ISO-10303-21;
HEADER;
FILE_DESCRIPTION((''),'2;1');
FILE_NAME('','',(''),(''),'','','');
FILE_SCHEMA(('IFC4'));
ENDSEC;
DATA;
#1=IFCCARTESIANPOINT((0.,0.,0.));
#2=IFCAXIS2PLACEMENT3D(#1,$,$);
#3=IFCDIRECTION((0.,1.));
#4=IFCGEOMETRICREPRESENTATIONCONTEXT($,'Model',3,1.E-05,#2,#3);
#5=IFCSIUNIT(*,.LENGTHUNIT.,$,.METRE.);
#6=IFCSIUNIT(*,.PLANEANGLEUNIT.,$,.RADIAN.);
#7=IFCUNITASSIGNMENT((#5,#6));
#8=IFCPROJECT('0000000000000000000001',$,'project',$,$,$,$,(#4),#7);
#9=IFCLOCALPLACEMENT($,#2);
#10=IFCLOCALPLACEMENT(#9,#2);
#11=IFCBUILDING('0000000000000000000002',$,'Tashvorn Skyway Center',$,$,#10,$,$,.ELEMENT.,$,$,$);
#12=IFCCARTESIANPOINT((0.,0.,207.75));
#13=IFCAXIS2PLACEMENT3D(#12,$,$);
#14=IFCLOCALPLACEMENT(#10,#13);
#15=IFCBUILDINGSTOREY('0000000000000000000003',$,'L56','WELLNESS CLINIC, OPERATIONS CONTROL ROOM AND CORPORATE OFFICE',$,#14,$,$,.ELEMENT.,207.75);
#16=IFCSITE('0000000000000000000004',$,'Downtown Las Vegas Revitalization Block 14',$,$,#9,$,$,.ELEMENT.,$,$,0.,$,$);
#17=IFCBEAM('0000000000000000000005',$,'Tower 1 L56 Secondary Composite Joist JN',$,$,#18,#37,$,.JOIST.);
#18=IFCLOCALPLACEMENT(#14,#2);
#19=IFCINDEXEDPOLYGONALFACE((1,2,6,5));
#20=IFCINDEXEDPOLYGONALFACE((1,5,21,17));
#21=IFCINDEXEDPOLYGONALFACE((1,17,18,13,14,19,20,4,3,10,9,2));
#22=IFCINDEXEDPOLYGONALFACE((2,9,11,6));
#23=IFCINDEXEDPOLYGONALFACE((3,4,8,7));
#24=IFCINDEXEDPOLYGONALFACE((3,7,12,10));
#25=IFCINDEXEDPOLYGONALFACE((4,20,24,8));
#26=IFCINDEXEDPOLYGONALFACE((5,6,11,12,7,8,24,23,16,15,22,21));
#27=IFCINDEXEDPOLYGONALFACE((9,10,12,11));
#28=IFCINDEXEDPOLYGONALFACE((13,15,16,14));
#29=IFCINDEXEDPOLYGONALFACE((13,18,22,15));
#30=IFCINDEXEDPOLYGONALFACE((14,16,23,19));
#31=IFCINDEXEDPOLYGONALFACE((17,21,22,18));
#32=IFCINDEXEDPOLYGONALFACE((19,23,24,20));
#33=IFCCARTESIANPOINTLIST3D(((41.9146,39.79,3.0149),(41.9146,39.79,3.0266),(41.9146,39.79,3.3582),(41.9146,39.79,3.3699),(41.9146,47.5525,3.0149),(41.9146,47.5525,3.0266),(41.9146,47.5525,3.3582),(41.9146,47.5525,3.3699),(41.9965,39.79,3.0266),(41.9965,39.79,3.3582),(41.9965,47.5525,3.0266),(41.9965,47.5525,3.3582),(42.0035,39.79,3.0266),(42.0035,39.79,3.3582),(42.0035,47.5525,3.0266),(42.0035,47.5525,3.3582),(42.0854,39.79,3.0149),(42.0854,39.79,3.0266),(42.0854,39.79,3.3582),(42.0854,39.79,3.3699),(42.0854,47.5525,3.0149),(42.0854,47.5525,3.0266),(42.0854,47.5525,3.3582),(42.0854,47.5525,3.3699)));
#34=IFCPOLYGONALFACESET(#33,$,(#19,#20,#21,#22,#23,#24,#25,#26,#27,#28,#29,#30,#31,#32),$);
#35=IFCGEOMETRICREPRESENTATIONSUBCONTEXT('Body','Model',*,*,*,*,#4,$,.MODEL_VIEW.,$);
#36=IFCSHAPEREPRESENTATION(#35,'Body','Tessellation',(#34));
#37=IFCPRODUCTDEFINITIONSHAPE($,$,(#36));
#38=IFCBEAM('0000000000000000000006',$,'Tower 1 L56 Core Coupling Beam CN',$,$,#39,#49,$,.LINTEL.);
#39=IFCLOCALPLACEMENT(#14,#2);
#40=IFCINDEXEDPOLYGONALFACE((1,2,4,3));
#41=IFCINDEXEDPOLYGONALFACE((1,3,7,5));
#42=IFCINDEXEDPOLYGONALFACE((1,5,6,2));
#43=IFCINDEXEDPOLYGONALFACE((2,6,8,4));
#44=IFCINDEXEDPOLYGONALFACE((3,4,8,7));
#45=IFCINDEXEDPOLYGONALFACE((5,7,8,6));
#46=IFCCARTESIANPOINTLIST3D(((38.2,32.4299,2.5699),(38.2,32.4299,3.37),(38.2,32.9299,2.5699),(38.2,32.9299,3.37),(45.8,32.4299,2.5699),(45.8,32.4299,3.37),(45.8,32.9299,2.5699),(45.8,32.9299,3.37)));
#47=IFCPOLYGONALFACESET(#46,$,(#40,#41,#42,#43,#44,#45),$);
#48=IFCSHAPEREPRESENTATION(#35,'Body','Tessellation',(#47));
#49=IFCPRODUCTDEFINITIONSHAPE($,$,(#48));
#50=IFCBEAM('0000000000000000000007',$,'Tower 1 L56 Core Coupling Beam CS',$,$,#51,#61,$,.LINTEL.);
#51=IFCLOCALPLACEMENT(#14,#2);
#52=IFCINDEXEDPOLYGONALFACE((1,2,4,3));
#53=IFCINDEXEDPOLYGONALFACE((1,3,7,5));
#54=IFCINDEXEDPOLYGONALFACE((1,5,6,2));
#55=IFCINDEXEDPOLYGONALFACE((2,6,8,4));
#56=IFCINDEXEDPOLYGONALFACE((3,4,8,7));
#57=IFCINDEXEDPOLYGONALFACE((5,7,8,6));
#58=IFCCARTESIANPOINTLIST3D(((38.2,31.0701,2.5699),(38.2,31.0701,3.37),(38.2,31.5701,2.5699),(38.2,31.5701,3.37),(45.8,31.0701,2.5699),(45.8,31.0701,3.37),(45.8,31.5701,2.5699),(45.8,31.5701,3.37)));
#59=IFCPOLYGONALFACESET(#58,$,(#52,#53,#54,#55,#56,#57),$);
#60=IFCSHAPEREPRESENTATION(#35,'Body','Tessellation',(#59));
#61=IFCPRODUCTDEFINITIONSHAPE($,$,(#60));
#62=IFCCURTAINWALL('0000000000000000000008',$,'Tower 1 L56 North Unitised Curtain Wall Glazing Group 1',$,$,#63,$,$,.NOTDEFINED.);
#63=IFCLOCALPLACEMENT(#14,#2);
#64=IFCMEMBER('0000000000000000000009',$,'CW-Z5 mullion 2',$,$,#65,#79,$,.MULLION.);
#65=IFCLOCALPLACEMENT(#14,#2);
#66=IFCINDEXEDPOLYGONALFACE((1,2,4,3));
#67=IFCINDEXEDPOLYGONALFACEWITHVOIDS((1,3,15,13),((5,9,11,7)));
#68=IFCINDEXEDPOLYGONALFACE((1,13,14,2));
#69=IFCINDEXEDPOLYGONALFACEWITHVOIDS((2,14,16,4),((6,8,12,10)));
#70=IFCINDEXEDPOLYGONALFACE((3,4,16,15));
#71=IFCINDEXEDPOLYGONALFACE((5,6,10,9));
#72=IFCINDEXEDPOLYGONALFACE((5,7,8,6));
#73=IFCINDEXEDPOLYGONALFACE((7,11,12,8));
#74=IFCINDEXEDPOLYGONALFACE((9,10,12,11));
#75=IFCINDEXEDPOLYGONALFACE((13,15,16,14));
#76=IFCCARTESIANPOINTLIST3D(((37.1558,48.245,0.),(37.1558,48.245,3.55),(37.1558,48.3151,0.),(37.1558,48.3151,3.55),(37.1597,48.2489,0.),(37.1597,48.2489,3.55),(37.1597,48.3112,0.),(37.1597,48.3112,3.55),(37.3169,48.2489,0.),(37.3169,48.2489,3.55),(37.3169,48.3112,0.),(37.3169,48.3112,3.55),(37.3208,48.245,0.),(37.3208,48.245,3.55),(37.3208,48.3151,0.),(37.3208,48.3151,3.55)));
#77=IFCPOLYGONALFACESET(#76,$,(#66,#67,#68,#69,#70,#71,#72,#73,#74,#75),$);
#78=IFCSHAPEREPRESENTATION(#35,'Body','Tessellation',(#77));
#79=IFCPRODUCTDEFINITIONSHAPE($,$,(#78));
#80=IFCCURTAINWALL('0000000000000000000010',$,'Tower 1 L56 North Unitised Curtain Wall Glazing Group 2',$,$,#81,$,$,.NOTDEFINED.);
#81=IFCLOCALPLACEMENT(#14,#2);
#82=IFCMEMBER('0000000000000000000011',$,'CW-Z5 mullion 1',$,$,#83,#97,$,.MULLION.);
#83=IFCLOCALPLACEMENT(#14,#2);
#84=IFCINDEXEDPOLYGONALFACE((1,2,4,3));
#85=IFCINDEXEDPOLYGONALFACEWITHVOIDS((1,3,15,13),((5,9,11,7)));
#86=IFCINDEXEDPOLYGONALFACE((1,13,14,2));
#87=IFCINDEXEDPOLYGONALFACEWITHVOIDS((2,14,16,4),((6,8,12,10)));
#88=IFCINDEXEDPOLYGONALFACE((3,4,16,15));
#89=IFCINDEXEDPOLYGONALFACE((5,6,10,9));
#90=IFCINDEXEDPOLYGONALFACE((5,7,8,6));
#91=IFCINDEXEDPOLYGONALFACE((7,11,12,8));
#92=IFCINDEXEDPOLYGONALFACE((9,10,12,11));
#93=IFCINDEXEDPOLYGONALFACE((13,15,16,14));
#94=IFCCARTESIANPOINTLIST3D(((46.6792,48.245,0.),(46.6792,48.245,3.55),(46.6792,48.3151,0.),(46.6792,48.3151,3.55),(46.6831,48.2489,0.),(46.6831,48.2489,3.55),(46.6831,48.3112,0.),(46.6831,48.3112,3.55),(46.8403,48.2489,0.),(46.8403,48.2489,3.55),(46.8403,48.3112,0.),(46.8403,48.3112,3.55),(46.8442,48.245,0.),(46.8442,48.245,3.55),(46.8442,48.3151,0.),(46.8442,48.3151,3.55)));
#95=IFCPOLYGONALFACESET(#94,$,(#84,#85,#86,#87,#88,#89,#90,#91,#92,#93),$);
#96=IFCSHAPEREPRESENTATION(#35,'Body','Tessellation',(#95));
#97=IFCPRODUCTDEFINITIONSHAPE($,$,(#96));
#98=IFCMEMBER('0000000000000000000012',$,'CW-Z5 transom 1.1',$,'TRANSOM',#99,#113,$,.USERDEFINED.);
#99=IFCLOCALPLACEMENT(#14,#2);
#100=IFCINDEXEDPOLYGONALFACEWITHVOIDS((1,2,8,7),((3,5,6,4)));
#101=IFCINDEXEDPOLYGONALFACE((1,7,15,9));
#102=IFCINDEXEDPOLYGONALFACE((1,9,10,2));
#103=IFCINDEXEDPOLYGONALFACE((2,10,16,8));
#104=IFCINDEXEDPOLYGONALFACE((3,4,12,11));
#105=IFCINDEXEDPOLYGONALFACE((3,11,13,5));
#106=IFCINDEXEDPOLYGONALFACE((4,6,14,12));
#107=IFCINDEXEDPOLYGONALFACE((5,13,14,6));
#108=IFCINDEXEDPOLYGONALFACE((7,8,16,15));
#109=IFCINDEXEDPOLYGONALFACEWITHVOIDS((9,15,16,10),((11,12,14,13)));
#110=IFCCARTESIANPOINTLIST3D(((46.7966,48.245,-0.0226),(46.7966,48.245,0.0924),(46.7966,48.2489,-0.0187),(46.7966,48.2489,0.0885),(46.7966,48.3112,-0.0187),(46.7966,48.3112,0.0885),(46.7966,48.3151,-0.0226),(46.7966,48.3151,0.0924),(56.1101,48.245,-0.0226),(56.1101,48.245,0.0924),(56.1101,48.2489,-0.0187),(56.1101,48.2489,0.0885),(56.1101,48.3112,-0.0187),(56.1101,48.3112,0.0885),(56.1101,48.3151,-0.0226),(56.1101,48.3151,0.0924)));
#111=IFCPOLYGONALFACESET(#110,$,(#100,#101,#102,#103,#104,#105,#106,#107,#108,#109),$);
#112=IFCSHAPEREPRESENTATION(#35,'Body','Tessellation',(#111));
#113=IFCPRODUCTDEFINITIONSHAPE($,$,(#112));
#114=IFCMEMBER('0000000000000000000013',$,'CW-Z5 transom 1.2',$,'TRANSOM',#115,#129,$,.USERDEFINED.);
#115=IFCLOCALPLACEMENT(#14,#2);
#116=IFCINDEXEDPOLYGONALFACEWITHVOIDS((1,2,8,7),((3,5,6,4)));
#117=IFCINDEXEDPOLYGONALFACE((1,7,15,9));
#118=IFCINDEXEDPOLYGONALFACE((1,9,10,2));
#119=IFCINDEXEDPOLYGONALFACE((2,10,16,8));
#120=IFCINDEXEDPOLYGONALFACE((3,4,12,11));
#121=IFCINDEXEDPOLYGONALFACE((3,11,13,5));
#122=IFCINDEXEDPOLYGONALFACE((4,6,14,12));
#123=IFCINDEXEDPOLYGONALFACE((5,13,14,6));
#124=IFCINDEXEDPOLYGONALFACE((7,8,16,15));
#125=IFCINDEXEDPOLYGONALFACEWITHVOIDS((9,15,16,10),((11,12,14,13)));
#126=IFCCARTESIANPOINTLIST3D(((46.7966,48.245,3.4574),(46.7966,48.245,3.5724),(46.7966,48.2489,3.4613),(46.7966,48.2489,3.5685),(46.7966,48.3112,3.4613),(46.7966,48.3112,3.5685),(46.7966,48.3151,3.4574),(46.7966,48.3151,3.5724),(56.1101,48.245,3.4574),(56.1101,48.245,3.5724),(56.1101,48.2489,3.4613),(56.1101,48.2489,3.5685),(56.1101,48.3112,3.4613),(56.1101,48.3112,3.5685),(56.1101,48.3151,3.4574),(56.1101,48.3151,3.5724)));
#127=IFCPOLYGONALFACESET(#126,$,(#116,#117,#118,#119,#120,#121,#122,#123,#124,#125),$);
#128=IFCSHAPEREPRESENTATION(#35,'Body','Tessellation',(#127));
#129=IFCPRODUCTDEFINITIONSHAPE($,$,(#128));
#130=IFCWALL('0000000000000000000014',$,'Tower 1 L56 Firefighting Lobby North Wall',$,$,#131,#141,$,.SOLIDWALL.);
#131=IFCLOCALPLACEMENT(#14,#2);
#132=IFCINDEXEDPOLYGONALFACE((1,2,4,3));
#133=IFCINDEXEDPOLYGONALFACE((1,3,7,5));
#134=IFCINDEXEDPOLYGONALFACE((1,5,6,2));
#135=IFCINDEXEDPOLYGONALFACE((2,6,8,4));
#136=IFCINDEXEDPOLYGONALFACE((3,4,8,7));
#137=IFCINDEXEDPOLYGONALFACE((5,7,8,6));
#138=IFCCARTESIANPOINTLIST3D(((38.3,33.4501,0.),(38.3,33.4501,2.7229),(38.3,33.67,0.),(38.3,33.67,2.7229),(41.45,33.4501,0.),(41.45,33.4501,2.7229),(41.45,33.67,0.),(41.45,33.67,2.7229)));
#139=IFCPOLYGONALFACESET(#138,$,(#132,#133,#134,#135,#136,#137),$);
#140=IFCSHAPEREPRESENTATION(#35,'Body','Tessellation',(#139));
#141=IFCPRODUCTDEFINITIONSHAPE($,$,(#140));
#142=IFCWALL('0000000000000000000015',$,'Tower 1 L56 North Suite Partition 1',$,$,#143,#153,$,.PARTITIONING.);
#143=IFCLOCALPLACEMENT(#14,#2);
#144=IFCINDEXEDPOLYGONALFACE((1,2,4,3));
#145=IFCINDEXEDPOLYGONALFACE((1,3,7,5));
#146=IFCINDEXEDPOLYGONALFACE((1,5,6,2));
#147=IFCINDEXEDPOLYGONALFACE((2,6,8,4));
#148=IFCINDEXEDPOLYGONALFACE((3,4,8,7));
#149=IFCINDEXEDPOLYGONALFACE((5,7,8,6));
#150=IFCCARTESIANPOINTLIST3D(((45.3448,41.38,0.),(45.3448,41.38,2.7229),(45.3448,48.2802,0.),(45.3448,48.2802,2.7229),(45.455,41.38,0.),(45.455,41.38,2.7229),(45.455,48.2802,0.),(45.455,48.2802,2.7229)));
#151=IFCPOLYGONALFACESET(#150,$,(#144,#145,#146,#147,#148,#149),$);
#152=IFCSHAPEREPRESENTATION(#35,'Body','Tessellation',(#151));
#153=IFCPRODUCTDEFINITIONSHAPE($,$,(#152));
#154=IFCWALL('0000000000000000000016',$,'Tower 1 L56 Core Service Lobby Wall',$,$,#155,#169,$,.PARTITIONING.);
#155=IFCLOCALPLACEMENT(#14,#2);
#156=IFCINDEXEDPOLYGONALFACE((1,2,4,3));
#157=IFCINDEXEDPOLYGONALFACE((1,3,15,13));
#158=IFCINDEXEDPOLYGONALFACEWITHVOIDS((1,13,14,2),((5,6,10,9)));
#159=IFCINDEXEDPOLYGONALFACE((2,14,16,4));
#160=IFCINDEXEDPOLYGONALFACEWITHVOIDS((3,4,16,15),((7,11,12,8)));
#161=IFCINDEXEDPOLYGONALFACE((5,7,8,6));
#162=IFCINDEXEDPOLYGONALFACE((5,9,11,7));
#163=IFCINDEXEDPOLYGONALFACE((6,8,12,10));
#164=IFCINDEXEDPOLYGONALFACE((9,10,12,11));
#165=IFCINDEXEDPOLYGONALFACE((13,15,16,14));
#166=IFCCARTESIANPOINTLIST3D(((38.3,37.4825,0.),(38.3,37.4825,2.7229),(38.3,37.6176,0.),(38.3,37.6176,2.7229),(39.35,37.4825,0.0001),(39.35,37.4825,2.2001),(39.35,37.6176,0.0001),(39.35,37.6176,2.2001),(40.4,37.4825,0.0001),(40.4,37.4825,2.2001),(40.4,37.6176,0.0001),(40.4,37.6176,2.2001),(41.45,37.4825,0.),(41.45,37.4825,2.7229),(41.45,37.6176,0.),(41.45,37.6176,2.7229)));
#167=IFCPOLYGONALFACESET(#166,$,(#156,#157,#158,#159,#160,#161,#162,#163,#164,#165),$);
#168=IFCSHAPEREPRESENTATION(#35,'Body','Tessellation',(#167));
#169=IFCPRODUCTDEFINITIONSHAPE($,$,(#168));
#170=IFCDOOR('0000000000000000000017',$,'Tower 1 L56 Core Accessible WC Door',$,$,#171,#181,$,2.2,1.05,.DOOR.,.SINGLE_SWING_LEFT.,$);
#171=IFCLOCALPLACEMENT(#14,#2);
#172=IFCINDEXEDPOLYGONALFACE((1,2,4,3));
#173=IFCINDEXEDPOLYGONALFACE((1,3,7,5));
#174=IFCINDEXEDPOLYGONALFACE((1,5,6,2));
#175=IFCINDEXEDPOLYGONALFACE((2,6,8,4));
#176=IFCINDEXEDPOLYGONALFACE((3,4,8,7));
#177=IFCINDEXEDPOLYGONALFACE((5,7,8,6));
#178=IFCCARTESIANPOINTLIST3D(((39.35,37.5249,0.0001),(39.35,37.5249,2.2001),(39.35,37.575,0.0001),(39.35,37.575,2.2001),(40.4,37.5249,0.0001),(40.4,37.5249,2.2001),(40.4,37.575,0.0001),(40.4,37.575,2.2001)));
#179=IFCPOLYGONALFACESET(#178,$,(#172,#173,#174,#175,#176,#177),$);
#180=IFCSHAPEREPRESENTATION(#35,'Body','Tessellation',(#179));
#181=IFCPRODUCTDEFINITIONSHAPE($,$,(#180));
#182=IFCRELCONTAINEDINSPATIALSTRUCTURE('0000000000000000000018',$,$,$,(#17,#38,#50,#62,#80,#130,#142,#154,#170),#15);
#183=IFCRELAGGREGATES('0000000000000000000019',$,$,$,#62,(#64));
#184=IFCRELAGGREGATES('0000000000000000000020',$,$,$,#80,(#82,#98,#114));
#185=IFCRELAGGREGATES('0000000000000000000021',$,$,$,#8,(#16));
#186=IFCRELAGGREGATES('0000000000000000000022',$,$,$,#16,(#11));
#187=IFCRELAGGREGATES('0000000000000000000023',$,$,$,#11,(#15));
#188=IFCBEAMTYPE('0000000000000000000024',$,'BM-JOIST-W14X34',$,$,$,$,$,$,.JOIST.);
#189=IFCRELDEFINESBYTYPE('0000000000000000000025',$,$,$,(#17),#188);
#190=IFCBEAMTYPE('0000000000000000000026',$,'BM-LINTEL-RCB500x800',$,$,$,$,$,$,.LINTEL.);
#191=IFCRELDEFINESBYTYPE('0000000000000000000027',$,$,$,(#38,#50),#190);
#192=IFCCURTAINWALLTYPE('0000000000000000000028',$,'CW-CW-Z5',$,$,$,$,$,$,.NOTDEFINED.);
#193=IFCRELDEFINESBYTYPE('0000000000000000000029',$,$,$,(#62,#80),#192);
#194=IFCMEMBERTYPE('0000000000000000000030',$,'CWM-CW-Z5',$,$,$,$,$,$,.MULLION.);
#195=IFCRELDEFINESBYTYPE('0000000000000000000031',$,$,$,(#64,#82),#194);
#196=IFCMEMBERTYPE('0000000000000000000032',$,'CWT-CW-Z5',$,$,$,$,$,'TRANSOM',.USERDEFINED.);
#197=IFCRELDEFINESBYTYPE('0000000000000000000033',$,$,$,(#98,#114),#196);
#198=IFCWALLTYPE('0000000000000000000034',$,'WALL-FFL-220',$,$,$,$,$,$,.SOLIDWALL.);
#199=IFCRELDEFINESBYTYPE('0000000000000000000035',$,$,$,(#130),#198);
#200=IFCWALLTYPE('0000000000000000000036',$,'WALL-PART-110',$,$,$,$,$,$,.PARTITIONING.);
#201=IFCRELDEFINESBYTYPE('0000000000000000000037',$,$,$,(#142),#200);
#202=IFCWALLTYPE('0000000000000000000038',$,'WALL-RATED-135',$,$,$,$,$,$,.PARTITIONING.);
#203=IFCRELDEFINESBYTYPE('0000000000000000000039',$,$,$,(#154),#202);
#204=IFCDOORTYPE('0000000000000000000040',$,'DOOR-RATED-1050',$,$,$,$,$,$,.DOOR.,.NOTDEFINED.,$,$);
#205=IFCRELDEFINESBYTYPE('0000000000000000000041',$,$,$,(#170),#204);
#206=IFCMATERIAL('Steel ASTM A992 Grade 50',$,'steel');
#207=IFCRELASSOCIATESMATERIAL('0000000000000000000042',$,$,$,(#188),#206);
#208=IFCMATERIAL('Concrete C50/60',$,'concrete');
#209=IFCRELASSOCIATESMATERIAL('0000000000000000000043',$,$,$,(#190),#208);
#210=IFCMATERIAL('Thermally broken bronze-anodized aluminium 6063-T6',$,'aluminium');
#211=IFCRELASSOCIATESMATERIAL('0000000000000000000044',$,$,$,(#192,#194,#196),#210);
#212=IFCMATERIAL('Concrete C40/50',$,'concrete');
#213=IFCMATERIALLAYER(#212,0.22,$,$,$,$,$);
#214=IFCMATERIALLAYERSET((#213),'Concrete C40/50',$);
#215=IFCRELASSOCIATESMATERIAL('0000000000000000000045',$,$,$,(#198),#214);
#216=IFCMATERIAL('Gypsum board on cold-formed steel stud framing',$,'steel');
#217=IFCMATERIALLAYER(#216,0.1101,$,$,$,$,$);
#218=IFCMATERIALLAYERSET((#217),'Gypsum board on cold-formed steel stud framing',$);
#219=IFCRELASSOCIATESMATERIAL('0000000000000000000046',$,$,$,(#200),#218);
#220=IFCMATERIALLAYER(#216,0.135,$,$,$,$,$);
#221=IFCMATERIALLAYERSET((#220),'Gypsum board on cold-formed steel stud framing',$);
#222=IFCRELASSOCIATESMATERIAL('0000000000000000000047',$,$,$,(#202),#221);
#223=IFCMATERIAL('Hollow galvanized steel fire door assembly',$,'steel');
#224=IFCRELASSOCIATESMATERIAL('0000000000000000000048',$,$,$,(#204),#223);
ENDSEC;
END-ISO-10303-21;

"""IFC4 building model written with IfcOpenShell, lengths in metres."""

from ifc_helpers import new_model, si_unit, direction, frame, frame_2d, origin, origin_2d, place, context, subcontext, project, spatial, rectangle, hollow_rectangle, i_section, extrude, material, layer, layer_set, material_profile, profile_set, type_object, element, fill, aggregate, save


model = new_model("IFC4")

# Units and contexts
model_context = context("Model", 3, precision=1e-05, world=origin(), true_north=direction((0.0, 1.0)))
body_context = subcontext(model_context, "Body", "Model", "MODEL_VIEW")
ifc_project = project(units=[si_unit("LENGTHUNIT", "METRE"), si_unit("PLANEANGLEUNIT", "RADIAN")], contexts=[model_context])

# Site, building, storey
site_placement = place(None, origin())
site = spatial("IfcSite", under=ifc_project, at=site_placement, Name="Downtown Las Vegas Revitalization Block 14", CompositionType="ELEMENT", RefElevation=0.0)
building_placement = place(site_placement, origin())
building = spatial("IfcBuilding", under=site, at=building_placement, Name="Tashvorn Skyway Center", CompositionType="ELEMENT")
storey_placement = place(building_placement, frame((0.0, 0.0, 207.75)))
storey = spatial("IfcBuildingStorey", under=building, at=storey_placement, Name="L56", Description="WELLNESS CLINIC, OPERATIONS CONTROL ROOM AND CORPORATE OFFICE", CompositionType="ELEMENT", Elevation=207.75)

# Beams
ifc_material_1 = material(Name="Steel ASTM A992 Grade 50", Category="steel")
ifc_material_profile_1 = material_profile(ifc_material_1, i_section(OverallWidth=0.1709, OverallDepth=0.355, WebThickness=0.0071, FlangeThickness=0.0117, at=origin_2d()), Name="W14X34")
ifc_profile_set_1 = profile_set([ifc_material_profile_1], Name="Steel ASTM A992 Grade 50")
beam_type_1 = type_object("IfcBeamType", Name="BM-JOIST-W14X34", PredefinedType="JOIST", material=ifc_profile_set_1)
beam_placement = place(storey_placement, frame((42.0, 39.79, 3.1924), z_axis=(0.0, 1.0, 0.0), x_axis=(-1.0, 0.0, 0.0)))
element("IfcBeam", 1, at=beam_placement, inside=storey, type_object=beam_type_1, Name="Tower 1 L56 Secondary Composite Joist JN", PredefinedType="JOIST", context=body_context, shape_type="SweptSolid", body=[
    extrude(i_section(OverallWidth=0.1709, OverallDepth=0.355, WebThickness=0.0071, FlangeThickness=0.0117, at=origin_2d()), origin(), (0.0, 0.0, 1.0), 7.7625),
])
ifc_material_2 = material(Name="Concrete C50/60", Category="concrete")
ifc_material_profile_2 = material_profile(ifc_material_2, rectangle(XDim=0.5, YDim=0.8, at=origin_2d()), Name="RCB500x800")
ifc_profile_set_2 = profile_set([ifc_material_profile_2], Name="Concrete C50/60")
beam_type_2 = type_object("IfcBeamType", Name="BM-LINTEL-RCB500x800", PredefinedType="LINTEL", material=ifc_profile_set_2)
for number, where, z_axis, x_axis, name in (
    (2, (38.2, 32.6799, 2.97), (1.0, 0.0, 0.0), (0.0, 1.0, 0.0), "Tower 1 L56 Core Coupling Beam CN"),
    (3, (38.2, 31.3201, 2.97), (1.0, 0.0, 0.0), (0.0, 1.0, 0.0), "Tower 1 L56 Core Coupling Beam CS"),
):
    element("IfcBeam", number, at=place(storey_placement, frame(where, z_axis=z_axis, x_axis=x_axis)), inside=storey, type_object=beam_type_2, Name=name, PredefinedType="LINTEL", context=body_context, shape_type="SweptSolid", body=[
        extrude(rectangle(XDim=0.5, YDim=0.8, at=origin_2d()), origin(), (0.0, 0.0, 1.0), 7.6001),
    ])

# Curtain wall, member
ifc_material_3 = material(Name="Thermally broken bronze-anodized aluminium 6063-T6", Category="aluminium")
curtain_wall_type = type_object("IfcCurtainWallType", Name="CW-CW-Z5", PredefinedType="NOTDEFINED", material=ifc_material_3)
curtain_wall_1_placement = place(storey_placement, origin())
curtain_wall_1 = element("IfcCurtainWall", 4, at=curtain_wall_1_placement, inside=storey, type_object=curtain_wall_type, Name="Tower 1 L56 North Unitised Curtain Wall Glazing Group 1", PredefinedType="NOTDEFINED")
ifc_material_profile_3 = material_profile(ifc_material_3, hollow_rectangle(XDim=0.0701, YDim=0.165, WallThickness=0.0039, at=origin_2d()), Name="ALU-MULL-70x165")
ifc_profile_set_3 = profile_set([ifc_material_profile_3], Name="Thermally broken bronze-anodized aluminium 6063-T6")
member_type_1 = type_object("IfcMemberType", Name="CWM-CW-Z5", PredefinedType="MULLION", material=ifc_profile_set_3)
member_1_placement = place(storey_placement, frame((37.2383, 48.28, 0.0), z_axis=(0.0, 0.0, 1.0), x_axis=(0.0, 1.0, 0.0)))
member_1 = element("IfcMember", 5, at=member_1_placement, type_object=member_type_1, Name="CW-Z5 mullion 2", PredefinedType="MULLION", context=body_context, shape_type="SweptSolid", body=[
    extrude(hollow_rectangle(XDim=0.0701, YDim=0.165, WallThickness=0.0039, at=origin_2d()), origin(), (0.0, 0.0, 1.0), 3.55),
])
aggregate(curtain_wall_1, [member_1])

# Curtain wall, members
curtain_wall_2_placement = place(storey_placement, origin())
curtain_wall_2 = element("IfcCurtainWall", 6, at=curtain_wall_2_placement, inside=storey, type_object=curtain_wall_type, Name="Tower 1 L56 North Unitised Curtain Wall Glazing Group 2", PredefinedType="NOTDEFINED")
member_2_placement = place(storey_placement, frame((46.7617, 48.28, 0.0), z_axis=(0.0, 0.0, 1.0), x_axis=(0.0, 1.0, 0.0)))
member_2 = element("IfcMember", 7, at=member_2_placement, type_object=member_type_1, Name="CW-Z5 mullion 1", PredefinedType="MULLION", context=body_context, shape_type="SweptSolid", body=[
    extrude(hollow_rectangle(XDim=0.0701, YDim=0.165, WallThickness=0.0039, at=origin_2d()), origin(), (0.0, 0.0, 1.0), 3.55),
])
ifc_material_profile_4 = material_profile(ifc_material_3, hollow_rectangle(XDim=0.0701, YDim=0.115, WallThickness=0.0039, at=origin_2d()), Name="ALU-TRAN-70x115")
ifc_profile_set_4 = profile_set([ifc_material_profile_4], Name="Thermally broken bronze-anodized aluminium 6063-T6")
member_type_2 = type_object("IfcMemberType", Name="CWT-CW-Z5", ElementType="TRANSOM", PredefinedType="USERDEFINED", material=ifc_profile_set_4)
member_3_placement = place(storey_placement, frame((46.7966, 48.28, 0.0349), z_axis=(1.0, 0.0, 0.0), x_axis=(0.0, 1.0, 0.0)))
member_3 = element("IfcMember", 8, at=member_3_placement, type_object=member_type_2, Name="CW-Z5 transom 1.1", ObjectType="TRANSOM", PredefinedType="USERDEFINED", context=body_context, shape_type="SweptSolid", body=[
    extrude(hollow_rectangle(XDim=0.0701, YDim=0.115, WallThickness=0.0039, at=origin_2d()), origin(), (0.0, 0.0, 1.0), 9.3135),
])
member_4_placement = place(storey_placement, frame((46.7966, 48.28, 3.5149), z_axis=(1.0, 0.0, 0.0), x_axis=(0.0, 1.0, 0.0)))
member_4 = element("IfcMember", 9, at=member_4_placement, type_object=member_type_2, Name="CW-Z5 transom 1.2", ObjectType="TRANSOM", PredefinedType="USERDEFINED", context=body_context, shape_type="SweptSolid", body=[
    extrude(hollow_rectangle(XDim=0.0701, YDim=0.115, WallThickness=0.0039, at=origin_2d()), origin(), (0.0, 0.0, 1.0), 9.3135),
])
aggregate(curtain_wall_2, [member_2, member_3, member_4])

# Walls
ifc_material_4 = material(Name="Concrete C40/50", Category="concrete")
ifc_layer_1 = layer(ifc_material_4, 0.22)
ifc_layer_set_1 = layer_set([ifc_layer_1], Name="Concrete C40/50")
wall_type_1 = type_object("IfcWallType", Name="WALL-FFL-220", PredefinedType="SOLIDWALL", material=ifc_layer_set_1)
wall_1_placement = place(storey_placement, frame((38.3, 33.5601, 0.0), z_axis=(0.0, 0.0, 1.0), x_axis=(1.0, 0.0, 0.0)))
element("IfcWall", 10, at=wall_1_placement, inside=storey, type_object=wall_type_1, Name="Tower 1 L56 Firefighting Lobby North Wall", PredefinedType="SOLIDWALL", context=body_context, shape_type="SweptSolid", body=[
    extrude(rectangle(XDim=3.1499, YDim=0.22, at=frame_2d((1.575, 0.0))), origin(), (0.0, 0.0, 1.0), 2.7229),
])
ifc_material_5 = material(Name="Gypsum board on cold-formed steel stud framing", Category="steel")
ifc_layer_2 = layer(ifc_material_5, 0.1101)
ifc_layer_set_2 = layer_set([ifc_layer_2], Name="Gypsum board on cold-formed steel stud framing")
wall_type_2 = type_object("IfcWallType", Name="WALL-PART-110", PredefinedType="PARTITIONING", material=ifc_layer_set_2)
wall_2_placement = place(storey_placement, frame((45.3999, 41.3799, 0.0), z_axis=(0.0, 0.0, 1.0), x_axis=(0.0, 1.0, 0.0)))
element("IfcWall", 11, at=wall_2_placement, inside=storey, type_object=wall_type_2, Name="Tower 1 L56 North Suite Partition 1", PredefinedType="PARTITIONING", context=body_context, shape_type="SweptSolid", body=[
    extrude(rectangle(XDim=6.9001, YDim=0.1101, at=frame_2d((3.4502, 0.0))), origin(), (0.0, 0.0, 1.0), 2.7229),
])

# Wall, opening, door
ifc_layer_3 = layer(ifc_material_5, 0.135)
ifc_layer_set_3 = layer_set([ifc_layer_3], Name="Gypsum board on cold-formed steel stud framing")
wall_type_3 = type_object("IfcWallType", Name="WALL-RATED-135", PredefinedType="PARTITIONING", material=ifc_layer_set_3)
wall_3_placement = place(storey_placement, frame((38.3, 37.55, 0.0), z_axis=(0.0, 0.0, 1.0), x_axis=(1.0, 0.0, 0.0)))
wall_3 = element("IfcWall", 12, at=wall_3_placement, inside=storey, type_object=wall_type_3, Name="Tower 1 L56 Core Service Lobby Wall", PredefinedType="PARTITIONING", context=body_context, shape_type="SweptSolid", body=[
    extrude(rectangle(XDim=3.1499, YDim=0.135, at=frame_2d((1.575, 0.0))), origin(), (0.0, 0.0, 1.0), 2.7229),
])
opening_1_placement = place(wall_3_placement, frame((1.05, 0.0, 0.0)))
opening_1 = element("IfcOpeningElement", 13, at=opening_1_placement, cuts=wall_3, PredefinedType="OPENING", context=body_context, shape_type="SweptSolid", body=[
    extrude(rectangle(XDim=1.05, YDim=2.2, at=frame_2d((0.5249, 1.1001))), frame((0.0, 0.0774, 0.0), z_axis=(0.0, -1.0, 0.0), x_axis=(1.0, 0.0, 0.0)), (0.0, 0.0, 1.0), 0.155),
])
ifc_material_6 = material(Name="Hollow galvanized steel fire door assembly", Category="steel")
door_type_1 = type_object("IfcDoorType", Name="DOOR-RATED-1050", OperationType="NOTDEFINED", PredefinedType="DOOR", material=ifc_material_6)
door_1_placement = place(opening_1_placement, origin())
door_1 = element("IfcDoor", 14, at=door_1_placement, inside=storey, type_object=door_type_1, Name="Tower 1 L56 Core Accessible WC Door", OperationType="SINGLE_SWING_LEFT", OverallHeight=2.2, OverallWidth=1.05, PredefinedType="DOOR", context=body_context, shape_type="SweptSolid", body=[
    extrude(rectangle(XDim=1.05, YDim=2.2, at=frame_2d((0.5249, 1.1001))), frame((0.0, 0.0249, 0.0), z_axis=(0.0, -1.0, 0.0), x_axis=(1.0, 0.0, 0.0)), (0.0, 0.0, 1.0), 0.05),
])
fill(opening_1, door_1)

save(model, "model.ifc")
